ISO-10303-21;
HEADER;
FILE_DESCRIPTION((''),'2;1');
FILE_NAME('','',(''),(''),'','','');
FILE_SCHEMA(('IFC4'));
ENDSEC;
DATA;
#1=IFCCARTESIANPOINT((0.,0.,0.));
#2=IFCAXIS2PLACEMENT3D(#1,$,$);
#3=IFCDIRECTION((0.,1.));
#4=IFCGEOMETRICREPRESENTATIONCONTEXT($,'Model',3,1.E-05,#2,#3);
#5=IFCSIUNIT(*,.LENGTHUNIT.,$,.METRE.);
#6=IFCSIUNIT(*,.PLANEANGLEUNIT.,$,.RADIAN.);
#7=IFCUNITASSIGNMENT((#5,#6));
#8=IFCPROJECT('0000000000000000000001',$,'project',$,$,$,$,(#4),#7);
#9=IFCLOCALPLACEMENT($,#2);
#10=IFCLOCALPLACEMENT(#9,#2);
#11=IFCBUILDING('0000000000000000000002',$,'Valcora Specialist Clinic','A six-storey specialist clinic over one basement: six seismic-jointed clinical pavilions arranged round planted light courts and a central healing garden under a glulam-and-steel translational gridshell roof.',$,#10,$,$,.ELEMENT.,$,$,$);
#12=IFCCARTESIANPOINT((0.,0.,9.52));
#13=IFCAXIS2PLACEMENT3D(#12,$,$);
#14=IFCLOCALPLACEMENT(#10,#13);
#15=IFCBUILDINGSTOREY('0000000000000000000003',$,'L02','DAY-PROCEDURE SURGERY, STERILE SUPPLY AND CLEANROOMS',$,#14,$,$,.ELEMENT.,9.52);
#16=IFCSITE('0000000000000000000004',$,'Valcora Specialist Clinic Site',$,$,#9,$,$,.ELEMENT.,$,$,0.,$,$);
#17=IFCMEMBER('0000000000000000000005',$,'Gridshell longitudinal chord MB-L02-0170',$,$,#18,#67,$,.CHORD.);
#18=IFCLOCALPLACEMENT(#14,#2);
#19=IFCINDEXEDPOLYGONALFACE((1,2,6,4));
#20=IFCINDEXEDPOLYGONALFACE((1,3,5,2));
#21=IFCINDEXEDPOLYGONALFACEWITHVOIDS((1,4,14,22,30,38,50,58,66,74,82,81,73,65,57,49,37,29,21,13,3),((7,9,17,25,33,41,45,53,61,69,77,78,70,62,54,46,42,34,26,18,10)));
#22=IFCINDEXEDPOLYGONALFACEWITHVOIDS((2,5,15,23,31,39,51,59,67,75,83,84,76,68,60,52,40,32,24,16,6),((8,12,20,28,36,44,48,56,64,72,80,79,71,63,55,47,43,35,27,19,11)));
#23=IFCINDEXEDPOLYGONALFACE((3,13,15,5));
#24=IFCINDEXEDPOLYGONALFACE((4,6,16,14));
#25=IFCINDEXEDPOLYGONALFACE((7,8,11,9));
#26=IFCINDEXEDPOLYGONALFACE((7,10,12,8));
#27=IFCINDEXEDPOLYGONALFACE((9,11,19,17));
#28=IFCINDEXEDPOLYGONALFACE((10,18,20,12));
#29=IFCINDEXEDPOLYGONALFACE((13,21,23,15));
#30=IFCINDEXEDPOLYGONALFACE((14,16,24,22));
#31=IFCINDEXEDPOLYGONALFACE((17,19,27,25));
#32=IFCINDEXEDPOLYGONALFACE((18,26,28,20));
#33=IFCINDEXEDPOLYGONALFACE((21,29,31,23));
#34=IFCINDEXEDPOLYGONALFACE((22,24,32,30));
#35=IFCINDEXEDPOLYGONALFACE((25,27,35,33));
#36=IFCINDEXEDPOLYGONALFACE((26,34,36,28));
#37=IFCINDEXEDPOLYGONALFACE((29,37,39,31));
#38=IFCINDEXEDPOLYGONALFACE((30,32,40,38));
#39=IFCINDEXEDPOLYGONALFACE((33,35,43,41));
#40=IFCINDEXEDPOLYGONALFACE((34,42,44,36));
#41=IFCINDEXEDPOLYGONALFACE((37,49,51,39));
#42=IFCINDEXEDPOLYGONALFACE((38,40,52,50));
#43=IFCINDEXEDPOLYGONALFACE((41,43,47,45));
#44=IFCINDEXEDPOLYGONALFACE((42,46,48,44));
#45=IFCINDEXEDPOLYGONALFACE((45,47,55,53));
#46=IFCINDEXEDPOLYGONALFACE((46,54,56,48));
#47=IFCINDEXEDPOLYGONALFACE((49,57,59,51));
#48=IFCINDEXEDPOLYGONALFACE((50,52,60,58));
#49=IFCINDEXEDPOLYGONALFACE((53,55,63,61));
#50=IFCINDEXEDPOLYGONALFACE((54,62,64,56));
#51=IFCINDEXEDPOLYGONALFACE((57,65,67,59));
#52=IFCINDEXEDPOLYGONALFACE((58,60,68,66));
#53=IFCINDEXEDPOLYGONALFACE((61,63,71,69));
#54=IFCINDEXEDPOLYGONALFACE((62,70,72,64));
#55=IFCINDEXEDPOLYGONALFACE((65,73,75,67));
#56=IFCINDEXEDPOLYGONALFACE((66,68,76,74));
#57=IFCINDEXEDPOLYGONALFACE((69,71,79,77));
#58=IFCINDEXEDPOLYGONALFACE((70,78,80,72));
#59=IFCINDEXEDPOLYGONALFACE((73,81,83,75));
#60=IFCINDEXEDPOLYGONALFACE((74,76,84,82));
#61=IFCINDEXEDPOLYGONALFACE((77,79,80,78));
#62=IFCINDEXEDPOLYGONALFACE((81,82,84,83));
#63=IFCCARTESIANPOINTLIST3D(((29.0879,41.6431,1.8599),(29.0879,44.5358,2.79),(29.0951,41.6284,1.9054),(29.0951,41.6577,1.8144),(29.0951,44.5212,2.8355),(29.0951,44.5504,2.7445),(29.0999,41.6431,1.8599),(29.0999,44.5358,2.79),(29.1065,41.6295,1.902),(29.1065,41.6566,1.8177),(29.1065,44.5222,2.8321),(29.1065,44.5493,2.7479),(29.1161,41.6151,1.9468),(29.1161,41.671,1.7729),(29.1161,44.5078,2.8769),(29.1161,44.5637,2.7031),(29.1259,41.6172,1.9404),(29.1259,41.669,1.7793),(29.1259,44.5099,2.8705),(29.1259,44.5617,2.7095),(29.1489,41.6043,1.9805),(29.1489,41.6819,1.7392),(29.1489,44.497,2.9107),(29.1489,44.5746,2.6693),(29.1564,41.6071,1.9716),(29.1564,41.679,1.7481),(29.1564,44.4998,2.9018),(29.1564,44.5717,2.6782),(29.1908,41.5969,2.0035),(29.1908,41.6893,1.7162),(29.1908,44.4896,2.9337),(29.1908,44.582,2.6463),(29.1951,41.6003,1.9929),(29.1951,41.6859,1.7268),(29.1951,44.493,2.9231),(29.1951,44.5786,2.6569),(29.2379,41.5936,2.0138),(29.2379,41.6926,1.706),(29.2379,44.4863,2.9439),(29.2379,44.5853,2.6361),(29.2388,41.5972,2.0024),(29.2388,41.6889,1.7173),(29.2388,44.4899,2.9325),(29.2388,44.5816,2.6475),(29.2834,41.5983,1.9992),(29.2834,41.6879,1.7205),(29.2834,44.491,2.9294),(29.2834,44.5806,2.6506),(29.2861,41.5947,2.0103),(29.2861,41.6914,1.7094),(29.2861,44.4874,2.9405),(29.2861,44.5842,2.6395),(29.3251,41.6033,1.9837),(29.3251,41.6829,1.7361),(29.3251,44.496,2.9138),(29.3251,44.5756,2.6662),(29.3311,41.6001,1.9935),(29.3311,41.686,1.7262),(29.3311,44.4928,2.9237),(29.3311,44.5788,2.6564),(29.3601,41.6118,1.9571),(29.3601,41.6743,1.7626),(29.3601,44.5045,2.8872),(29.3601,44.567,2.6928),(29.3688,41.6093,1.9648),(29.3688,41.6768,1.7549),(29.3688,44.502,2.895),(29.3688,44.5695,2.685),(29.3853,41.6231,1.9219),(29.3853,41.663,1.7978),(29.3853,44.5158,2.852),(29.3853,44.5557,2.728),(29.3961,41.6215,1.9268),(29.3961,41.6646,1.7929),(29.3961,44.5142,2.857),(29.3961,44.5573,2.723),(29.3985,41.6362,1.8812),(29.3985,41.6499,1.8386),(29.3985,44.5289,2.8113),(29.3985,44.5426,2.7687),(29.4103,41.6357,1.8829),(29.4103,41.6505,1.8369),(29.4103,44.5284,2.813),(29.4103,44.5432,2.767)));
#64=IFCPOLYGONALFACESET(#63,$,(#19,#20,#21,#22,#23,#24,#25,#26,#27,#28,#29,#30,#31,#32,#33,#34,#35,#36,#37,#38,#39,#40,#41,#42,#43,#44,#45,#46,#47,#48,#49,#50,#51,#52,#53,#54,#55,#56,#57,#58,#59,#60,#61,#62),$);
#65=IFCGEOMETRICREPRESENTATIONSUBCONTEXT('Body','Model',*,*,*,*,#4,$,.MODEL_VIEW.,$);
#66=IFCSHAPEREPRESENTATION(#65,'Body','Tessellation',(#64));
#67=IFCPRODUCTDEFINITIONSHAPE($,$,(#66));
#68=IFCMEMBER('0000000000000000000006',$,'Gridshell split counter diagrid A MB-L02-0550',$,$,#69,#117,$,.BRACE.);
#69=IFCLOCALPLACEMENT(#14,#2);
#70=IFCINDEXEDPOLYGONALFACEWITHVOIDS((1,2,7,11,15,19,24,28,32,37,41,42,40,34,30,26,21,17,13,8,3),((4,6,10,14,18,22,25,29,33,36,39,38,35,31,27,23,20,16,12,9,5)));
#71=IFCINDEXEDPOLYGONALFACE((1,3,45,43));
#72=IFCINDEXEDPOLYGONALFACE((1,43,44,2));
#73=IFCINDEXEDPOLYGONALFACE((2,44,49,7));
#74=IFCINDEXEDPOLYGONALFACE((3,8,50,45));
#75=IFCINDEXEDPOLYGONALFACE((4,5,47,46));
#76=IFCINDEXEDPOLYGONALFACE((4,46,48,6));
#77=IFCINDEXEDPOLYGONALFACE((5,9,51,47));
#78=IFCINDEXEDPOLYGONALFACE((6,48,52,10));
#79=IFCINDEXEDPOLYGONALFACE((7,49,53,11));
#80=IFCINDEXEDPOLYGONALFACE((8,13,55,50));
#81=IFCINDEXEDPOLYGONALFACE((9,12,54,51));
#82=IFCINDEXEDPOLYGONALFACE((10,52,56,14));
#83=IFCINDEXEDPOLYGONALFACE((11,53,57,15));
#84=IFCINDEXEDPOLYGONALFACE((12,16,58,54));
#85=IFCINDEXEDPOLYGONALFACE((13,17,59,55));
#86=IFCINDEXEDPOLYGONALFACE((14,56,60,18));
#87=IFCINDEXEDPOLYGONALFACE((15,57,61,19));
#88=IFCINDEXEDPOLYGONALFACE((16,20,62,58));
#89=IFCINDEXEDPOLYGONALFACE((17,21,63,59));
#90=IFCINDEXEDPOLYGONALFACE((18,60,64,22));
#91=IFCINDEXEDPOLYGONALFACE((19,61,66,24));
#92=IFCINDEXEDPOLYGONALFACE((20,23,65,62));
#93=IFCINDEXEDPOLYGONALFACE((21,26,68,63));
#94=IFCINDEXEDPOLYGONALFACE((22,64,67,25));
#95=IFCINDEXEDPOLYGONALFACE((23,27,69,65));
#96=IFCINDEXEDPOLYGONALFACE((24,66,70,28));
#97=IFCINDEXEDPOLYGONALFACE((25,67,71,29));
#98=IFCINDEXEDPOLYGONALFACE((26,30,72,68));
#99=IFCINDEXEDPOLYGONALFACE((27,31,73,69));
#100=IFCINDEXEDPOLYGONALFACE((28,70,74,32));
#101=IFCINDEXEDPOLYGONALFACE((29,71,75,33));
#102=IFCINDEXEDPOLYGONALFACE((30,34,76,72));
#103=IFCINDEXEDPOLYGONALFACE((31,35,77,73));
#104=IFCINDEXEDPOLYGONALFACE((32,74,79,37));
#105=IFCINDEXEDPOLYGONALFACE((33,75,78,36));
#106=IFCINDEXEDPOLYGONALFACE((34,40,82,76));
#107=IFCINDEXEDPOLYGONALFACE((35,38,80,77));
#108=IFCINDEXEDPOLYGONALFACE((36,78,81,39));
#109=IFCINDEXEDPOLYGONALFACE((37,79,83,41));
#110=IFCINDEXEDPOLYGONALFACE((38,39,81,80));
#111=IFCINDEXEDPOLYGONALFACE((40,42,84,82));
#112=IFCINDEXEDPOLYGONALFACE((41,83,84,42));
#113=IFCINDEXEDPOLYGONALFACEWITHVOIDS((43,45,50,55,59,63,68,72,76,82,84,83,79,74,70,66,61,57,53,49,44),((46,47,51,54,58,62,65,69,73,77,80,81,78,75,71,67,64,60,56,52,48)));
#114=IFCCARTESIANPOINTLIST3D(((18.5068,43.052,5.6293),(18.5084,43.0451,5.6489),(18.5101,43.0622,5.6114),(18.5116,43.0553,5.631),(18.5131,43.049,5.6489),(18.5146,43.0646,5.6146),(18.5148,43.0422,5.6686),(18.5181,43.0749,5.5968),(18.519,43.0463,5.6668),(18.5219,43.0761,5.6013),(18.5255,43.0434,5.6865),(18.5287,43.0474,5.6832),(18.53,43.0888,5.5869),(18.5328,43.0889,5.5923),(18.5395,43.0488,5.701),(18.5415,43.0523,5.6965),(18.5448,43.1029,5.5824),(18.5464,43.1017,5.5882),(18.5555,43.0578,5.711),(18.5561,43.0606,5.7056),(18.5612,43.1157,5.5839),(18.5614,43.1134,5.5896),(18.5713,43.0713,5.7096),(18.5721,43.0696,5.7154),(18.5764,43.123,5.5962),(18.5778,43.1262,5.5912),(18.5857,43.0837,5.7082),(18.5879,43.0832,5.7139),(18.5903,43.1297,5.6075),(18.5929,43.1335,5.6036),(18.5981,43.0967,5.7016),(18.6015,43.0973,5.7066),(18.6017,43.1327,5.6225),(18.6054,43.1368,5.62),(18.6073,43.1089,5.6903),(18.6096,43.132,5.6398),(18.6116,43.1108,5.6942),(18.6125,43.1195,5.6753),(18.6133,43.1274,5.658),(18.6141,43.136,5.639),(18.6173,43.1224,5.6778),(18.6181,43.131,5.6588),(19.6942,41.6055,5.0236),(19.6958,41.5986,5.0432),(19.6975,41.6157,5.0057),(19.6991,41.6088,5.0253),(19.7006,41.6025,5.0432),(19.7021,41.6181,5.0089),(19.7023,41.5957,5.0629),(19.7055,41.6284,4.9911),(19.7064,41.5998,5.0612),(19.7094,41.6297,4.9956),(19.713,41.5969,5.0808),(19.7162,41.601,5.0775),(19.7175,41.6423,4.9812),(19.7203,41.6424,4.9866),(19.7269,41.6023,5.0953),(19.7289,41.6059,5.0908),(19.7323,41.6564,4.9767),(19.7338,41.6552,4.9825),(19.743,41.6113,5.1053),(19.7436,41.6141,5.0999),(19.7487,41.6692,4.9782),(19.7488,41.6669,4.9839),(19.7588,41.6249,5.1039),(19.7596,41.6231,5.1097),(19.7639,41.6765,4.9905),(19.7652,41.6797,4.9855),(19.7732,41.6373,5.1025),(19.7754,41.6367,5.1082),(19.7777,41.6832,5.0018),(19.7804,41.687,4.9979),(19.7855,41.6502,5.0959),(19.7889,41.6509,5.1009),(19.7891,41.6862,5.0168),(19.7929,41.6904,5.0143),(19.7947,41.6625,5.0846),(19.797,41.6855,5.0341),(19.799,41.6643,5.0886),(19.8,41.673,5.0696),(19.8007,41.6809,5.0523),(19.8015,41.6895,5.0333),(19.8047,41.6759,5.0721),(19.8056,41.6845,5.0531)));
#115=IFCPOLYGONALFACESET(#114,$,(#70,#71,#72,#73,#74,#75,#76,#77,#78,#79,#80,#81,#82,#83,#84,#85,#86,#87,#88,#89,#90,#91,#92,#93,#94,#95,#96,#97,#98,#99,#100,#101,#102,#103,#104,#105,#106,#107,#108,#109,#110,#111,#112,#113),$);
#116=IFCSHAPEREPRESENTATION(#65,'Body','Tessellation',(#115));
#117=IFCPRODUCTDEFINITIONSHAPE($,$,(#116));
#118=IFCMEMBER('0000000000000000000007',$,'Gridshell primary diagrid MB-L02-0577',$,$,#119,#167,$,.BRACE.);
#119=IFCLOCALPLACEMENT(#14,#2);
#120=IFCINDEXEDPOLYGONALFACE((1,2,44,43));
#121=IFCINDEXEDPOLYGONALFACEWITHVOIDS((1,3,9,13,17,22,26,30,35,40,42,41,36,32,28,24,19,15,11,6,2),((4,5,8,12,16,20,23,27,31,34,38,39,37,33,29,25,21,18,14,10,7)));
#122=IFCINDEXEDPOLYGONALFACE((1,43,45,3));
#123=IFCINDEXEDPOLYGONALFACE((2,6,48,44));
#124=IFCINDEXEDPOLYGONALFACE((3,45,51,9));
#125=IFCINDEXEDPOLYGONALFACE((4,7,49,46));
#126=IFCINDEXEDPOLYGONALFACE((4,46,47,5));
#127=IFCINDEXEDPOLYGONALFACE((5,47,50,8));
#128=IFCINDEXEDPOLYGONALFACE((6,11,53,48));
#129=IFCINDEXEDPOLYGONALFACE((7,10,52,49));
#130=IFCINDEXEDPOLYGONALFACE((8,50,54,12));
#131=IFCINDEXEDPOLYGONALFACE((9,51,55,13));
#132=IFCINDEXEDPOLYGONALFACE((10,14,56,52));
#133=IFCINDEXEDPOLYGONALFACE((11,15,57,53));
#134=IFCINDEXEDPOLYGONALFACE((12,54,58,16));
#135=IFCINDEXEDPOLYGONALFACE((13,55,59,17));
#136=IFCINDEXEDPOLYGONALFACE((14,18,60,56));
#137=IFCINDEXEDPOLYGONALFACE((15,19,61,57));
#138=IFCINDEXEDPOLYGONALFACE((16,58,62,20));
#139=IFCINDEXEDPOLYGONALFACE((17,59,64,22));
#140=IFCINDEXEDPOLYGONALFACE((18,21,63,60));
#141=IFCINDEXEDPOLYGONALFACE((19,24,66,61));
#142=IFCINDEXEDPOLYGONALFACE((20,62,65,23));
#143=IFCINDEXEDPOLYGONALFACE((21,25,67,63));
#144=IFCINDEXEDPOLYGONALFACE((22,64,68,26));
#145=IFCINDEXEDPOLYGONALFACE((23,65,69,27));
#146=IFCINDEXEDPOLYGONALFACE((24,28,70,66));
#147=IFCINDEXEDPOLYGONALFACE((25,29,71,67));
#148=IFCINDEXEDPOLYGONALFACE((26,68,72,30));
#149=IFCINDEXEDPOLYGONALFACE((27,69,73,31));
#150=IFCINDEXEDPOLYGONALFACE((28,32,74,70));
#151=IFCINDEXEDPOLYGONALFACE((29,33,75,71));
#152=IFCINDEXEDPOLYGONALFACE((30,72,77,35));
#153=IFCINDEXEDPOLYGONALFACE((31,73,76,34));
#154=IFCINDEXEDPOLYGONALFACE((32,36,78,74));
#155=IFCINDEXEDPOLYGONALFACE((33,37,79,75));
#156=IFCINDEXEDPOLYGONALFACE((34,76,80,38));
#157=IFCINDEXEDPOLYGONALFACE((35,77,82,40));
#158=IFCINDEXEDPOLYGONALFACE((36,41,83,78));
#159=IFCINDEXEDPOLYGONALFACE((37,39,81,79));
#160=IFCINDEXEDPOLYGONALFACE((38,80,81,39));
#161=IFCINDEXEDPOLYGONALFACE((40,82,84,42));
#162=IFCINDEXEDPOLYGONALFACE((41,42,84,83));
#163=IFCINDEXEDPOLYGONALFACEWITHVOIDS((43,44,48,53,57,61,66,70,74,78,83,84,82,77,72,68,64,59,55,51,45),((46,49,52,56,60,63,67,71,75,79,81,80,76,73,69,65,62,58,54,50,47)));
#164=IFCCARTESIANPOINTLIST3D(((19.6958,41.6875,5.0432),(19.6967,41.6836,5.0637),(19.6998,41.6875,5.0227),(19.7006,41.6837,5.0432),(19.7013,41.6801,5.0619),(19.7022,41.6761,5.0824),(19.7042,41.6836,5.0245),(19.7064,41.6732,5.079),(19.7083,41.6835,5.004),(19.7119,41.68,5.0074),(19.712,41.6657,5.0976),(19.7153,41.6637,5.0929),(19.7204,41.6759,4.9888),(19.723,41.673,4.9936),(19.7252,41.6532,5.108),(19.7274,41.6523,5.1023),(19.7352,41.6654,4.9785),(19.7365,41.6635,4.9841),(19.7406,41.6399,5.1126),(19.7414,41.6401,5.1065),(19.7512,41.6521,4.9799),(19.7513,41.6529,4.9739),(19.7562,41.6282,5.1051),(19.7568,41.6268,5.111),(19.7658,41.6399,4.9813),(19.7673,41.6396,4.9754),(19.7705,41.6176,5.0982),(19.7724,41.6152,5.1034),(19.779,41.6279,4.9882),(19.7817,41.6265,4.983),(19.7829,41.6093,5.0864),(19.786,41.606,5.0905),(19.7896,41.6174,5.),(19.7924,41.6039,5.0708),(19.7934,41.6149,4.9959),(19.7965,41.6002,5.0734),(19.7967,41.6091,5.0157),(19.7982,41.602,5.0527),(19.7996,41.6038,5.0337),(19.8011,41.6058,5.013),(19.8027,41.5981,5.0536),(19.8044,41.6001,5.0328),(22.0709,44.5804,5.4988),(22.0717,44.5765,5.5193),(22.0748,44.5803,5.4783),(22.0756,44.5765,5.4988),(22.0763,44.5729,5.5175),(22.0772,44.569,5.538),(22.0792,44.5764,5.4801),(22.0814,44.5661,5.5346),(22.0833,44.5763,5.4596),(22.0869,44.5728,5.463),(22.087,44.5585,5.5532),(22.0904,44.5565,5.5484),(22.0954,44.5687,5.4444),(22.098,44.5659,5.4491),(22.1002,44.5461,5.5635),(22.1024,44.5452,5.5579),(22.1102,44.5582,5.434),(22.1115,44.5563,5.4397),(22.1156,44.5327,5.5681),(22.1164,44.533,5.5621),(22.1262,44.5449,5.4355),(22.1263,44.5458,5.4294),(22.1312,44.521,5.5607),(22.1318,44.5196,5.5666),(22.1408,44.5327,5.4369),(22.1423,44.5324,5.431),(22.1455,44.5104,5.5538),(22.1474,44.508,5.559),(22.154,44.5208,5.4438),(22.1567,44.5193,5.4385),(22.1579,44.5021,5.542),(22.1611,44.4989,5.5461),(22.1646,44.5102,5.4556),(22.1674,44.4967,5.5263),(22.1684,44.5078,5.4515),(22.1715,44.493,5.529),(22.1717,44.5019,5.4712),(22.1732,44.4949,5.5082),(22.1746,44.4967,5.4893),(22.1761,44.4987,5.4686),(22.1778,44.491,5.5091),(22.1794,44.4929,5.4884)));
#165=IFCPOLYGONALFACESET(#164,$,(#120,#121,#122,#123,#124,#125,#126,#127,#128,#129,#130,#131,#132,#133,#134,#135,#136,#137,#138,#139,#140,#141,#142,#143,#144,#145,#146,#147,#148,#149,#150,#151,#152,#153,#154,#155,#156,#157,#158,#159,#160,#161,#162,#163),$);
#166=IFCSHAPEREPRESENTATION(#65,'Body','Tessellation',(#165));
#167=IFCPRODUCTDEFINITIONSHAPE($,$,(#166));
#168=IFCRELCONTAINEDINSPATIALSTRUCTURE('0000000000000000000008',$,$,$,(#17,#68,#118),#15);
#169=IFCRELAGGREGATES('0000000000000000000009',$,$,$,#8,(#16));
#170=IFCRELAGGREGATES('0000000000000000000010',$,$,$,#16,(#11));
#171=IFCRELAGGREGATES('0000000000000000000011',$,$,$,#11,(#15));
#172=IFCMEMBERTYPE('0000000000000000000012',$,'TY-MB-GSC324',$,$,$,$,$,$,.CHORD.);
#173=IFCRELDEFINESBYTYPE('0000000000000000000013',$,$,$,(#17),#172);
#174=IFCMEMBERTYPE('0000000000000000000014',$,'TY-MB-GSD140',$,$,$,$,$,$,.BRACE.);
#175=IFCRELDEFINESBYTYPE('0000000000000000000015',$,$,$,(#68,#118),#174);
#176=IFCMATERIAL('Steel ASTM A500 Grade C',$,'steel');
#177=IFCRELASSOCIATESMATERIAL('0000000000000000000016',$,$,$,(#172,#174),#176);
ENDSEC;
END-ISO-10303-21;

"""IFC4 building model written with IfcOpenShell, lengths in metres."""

from ifc_helpers import new_model, si_unit, direction, frame, origin, origin_2d, place, context, subcontext, project, spatial, hollow_circle, extrude, material, material_profile, profile_set, type_object, element, save


model = new_model("IFC4")

# Units and contexts
model_context = context("Model", 3, precision=1e-05, world=origin(), true_north=direction((0.0, 1.0)))
body_context = subcontext(model_context, "Body", "Model", "MODEL_VIEW")
ifc_project = project(units=[si_unit("LENGTHUNIT", "METRE"), si_unit("PLANEANGLEUNIT", "RADIAN")], contexts=[model_context])

# Site, building, storey
site_placement = place(None, origin())
site = spatial("IfcSite", under=ifc_project, at=site_placement, Name="Valcora Specialist Clinic Site", CompositionType="ELEMENT", RefElevation=0.0)
building_placement = place(site_placement, origin())
building = spatial("IfcBuilding", under=site, at=building_placement, Name="Valcora Specialist Clinic", Description="A six-storey specialist clinic over one basement: six seismic-jointed clinical pavilions arranged round planted light courts and a central healing garden under a glulam-and-steel translational gridshell roof.", CompositionType="ELEMENT")
storey_placement = place(building_placement, frame((0.0, 0.0, 9.52)))
storey = spatial("IfcBuildingStorey", under=building, at=storey_placement, Name="L02", Description="DAY-PROCEDURE SURGERY, STERILE SUPPLY AND CLEANROOMS", CompositionType="ELEMENT", Elevation=9.52)

# Members
ifc_material_1 = material(Name="Steel ASTM A500 Grade C", Category="steel")
ifc_material_profile_1 = material_profile(ifc_material_1, hollow_circle(Radius=0.1621, WallThickness=0.012, at=origin_2d()), Name="ST-CHS-324X12")
ifc_profile_set_1 = profile_set([ifc_material_profile_1], Name="Steel ASTM A500 Grade C")
member_type_1 = type_object("IfcMemberType", Name="TY-MB-GSC324", PredefinedType="CHORD", material=ifc_profile_set_1)
member_1_placement = place(storey_placement, frame((29.25, 41.6431, 1.8599), z_axis=(0.0, 0.951996, 0.306111), x_axis=(-1.0, 0.0, 0.0)))
element("IfcMember", 1, at=member_1_placement, inside=storey, type_object=member_type_1, Name="Gridshell longitudinal chord MB-L02-0170", PredefinedType="CHORD", context=body_context, shape_type="SweptSolid", body=[
    extrude(hollow_circle(Radius=0.1621, WallThickness=0.012, at=origin_2d()), origin(), (0.0, 0.0, 1.0), 3.0386),
])
ifc_material_profile_2 = material_profile(ifc_material_1, hollow_circle(Radius=0.0701, WallThickness=0.0061, at=origin_2d()), Name="ST-CHS-140X6")
ifc_profile_set_2 = profile_set([ifc_material_profile_2], Name="Steel ASTM A500 Grade C")
member_type_2 = type_object("IfcMemberType", Name="TY-MB-GSD140", PredefinedType="BRACE", material=ifc_profile_set_2)
member_2_placement = place(storey_placement, frame((19.75, 41.6431, 5.0432), z_axis=(-0.603679, 0.735361, 0.307921), x_axis=(-0.772916, -0.634508, 0.0)))
element("IfcMember", 2, at=member_2_placement, inside=storey, type_object=member_type_2, Name="Gridshell split counter diagrid A MB-L02-0550", PredefinedType="BRACE", context=body_context, shape_type="SweptSolid", body=[
    extrude(hollow_circle(Radius=0.0701, WallThickness=0.0061, at=origin_2d()), origin(), (0.0, 0.0, 1.0), 1.967),
])
member_3_placement = place(storey_placement, frame((19.75, 41.6431, 5.0432), z_axis=(0.629892, 0.767227, 0.120824), x_axis=(-0.77289, 0.63454, 0.0)))
element("IfcMember", 3, at=member_3_placement, inside=storey, type_object=member_type_2, Name="Gridshell primary diagrid MB-L02-0577", PredefinedType="BRACE", context=body_context, shape_type="SweptSolid", body=[
    extrude(hollow_circle(Radius=0.0701, WallThickness=0.0061, at=origin_2d()), origin(), (0.0, 0.0, 1.0), 3.7705),
])

save(model, "model.ifc")
